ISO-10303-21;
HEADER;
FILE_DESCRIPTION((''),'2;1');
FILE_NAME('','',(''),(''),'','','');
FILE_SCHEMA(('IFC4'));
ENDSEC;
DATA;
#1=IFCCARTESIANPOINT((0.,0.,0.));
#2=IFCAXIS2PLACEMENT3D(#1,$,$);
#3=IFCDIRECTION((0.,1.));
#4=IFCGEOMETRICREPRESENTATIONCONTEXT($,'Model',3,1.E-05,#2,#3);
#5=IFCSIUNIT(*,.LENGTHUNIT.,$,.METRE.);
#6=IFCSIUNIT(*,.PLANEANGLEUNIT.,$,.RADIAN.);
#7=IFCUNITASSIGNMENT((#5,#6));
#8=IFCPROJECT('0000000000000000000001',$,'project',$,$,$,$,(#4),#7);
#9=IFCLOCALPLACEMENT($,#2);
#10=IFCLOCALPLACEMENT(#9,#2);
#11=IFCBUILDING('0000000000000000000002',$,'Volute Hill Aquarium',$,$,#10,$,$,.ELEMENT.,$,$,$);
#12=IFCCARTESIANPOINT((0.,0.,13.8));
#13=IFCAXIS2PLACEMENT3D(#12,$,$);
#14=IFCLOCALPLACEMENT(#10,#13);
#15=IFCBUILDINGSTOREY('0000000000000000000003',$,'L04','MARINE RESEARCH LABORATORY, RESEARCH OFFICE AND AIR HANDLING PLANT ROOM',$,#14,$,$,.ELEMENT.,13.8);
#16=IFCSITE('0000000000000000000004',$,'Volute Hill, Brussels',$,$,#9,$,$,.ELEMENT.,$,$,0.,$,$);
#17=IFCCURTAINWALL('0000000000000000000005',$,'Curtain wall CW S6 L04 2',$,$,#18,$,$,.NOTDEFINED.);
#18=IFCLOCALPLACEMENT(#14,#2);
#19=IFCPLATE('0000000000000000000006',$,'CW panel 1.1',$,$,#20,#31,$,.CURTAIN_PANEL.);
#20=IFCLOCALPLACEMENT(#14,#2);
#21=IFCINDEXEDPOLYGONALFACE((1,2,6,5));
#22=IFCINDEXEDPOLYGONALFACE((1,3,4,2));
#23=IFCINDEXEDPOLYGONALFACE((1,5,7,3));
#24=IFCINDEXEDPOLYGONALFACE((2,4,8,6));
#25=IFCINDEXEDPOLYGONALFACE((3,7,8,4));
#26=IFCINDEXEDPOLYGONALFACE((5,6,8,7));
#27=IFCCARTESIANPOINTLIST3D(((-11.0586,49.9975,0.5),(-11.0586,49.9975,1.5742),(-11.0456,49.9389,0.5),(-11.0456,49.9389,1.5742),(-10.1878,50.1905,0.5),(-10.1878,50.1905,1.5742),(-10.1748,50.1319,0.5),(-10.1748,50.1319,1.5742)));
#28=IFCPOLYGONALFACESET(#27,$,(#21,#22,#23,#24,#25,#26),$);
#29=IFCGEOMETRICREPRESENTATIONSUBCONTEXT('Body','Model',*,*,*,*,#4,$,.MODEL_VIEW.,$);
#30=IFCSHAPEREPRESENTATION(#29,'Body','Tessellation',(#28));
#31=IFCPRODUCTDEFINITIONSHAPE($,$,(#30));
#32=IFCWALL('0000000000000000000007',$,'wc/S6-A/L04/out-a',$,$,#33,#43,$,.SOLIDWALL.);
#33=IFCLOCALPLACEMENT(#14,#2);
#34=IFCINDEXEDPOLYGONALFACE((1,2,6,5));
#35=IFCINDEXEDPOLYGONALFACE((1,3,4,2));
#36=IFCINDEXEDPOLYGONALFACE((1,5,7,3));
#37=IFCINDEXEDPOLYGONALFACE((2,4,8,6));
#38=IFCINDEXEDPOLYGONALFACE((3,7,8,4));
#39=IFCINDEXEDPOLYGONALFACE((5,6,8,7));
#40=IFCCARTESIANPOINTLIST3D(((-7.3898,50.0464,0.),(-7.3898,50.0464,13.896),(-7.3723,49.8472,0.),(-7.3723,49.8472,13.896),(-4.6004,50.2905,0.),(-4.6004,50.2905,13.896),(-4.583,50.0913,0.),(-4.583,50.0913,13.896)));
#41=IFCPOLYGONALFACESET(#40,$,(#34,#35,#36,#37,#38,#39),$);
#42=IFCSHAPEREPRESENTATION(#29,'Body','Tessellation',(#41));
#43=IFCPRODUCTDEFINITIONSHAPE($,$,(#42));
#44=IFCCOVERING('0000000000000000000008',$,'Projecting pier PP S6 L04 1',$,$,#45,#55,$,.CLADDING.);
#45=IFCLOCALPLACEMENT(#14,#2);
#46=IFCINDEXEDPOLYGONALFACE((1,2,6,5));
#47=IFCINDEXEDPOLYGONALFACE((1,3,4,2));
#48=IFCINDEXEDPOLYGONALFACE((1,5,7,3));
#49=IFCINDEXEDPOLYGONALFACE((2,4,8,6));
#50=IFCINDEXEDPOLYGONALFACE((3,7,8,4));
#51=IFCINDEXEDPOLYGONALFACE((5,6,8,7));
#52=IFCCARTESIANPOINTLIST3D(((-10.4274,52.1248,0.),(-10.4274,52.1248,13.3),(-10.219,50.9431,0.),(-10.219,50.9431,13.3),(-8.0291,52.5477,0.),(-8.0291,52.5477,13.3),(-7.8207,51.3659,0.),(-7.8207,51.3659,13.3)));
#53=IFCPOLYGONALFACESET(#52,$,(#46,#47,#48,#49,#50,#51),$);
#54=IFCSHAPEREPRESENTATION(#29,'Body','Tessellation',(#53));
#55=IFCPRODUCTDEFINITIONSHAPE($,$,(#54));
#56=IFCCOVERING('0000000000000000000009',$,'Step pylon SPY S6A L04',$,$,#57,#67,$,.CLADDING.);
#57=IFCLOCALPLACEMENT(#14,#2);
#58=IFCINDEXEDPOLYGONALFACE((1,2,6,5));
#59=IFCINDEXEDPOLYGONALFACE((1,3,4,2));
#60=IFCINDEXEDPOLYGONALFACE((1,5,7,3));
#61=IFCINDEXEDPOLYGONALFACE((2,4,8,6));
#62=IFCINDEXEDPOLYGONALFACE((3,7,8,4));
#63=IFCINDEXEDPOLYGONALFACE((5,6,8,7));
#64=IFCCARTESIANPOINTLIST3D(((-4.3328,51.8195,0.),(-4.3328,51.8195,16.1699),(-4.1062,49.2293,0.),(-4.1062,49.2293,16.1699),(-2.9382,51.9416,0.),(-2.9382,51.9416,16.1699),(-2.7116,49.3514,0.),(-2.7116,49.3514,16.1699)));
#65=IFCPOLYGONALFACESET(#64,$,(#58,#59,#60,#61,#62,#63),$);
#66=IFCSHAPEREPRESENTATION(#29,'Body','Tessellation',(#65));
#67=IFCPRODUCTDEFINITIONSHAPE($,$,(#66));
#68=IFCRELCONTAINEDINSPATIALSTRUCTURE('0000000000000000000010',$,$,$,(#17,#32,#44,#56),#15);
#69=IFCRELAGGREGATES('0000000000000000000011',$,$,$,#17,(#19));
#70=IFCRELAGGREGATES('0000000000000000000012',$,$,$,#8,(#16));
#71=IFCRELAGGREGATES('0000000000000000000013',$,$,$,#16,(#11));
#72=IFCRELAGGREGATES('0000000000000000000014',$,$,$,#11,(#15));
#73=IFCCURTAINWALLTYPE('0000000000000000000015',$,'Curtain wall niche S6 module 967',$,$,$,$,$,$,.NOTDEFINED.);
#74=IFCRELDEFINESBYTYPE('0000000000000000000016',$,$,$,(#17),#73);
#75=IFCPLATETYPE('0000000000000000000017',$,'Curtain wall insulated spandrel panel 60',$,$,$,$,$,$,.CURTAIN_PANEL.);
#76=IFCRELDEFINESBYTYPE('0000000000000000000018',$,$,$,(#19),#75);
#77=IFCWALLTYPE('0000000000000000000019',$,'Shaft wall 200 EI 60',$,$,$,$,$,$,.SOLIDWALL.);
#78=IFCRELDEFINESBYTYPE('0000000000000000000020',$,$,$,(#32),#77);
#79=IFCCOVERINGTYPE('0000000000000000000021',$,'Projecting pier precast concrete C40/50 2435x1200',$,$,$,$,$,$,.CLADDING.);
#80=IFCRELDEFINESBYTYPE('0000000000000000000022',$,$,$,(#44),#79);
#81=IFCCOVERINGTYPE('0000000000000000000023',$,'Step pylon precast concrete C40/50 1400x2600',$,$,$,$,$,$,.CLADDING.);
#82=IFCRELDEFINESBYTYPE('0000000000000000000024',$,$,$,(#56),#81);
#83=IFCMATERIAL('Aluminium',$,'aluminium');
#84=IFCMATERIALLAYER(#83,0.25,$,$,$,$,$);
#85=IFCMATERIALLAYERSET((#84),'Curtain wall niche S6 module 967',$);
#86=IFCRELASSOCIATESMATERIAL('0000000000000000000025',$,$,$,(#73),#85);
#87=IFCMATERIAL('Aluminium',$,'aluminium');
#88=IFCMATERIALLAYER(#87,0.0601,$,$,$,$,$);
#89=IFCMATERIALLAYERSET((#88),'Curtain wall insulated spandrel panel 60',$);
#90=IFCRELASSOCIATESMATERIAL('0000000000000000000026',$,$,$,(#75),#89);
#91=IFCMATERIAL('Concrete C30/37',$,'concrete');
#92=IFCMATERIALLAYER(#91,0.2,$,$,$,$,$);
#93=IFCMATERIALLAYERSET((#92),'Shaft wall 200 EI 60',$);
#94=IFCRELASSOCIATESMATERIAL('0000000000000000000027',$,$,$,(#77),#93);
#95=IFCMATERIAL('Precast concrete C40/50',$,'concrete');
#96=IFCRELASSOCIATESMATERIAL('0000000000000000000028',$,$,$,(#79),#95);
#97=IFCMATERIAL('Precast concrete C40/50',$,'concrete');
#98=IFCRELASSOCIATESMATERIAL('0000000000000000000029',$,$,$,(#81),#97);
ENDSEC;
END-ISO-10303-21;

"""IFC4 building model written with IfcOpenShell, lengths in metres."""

from ifc_helpers import new_model, si_unit, direction, frame, frame_2d, origin, origin_2d, place, context, subcontext, project, spatial, rectangle, extrude, material, layer, layer_set, type_object, element, aggregate, save


model = new_model("IFC4")

# Units and contexts
model_context = context("Model", 3, precision=1e-05, world=origin(), true_north=direction((0.0, 1.0)))
body_context = subcontext(model_context, "Body", "Model", "MODEL_VIEW")
ifc_project = project(units=[si_unit("LENGTHUNIT", "METRE"), si_unit("PLANEANGLEUNIT", "RADIAN")], contexts=[model_context])

# Site, building, storey
site_placement = place(None, origin())
site = spatial("IfcSite", under=ifc_project, at=site_placement, Name="Volute Hill, Brussels", CompositionType="ELEMENT", RefElevation=0.0)
building_placement = place(site_placement, origin())
building = spatial("IfcBuilding", under=site, at=building_placement, Name="Volute Hill Aquarium", CompositionType="ELEMENT")
storey_placement = place(building_placement, frame((0.0, 0.0, 13.8)))
storey = spatial("IfcBuildingStorey", under=building, at=storey_placement, Name="L04", Description="MARINE RESEARCH LABORATORY, RESEARCH OFFICE AND AIR HANDLING PLANT ROOM", CompositionType="ELEMENT", Elevation=13.8)

# Curtain wall
ifc_material_1 = material(Name="Aluminium", Category="aluminium")
ifc_layer_1 = layer(ifc_material_1, 0.25)
ifc_layer_set_1 = layer_set([ifc_layer_1], Name="Curtain wall niche S6 module 967")
curtain_wall_type_1 = type_object("IfcCurtainWallType", Name="Curtain wall niche S6 module 967", PredefinedType="NOTDEFINED", material=ifc_layer_set_1)
curtain_wall_1_placement = place(storey_placement, origin())
curtain_wall_1 = element("IfcCurtainWall", 1, at=curtain_wall_1_placement, inside=storey, type_object=curtain_wall_type_1, Name="Curtain wall CW S6 L04 2", PredefinedType="NOTDEFINED")

# Plate
ifc_material_2 = material(Name="Aluminium", Category="aluminium")
ifc_layer_2 = layer(ifc_material_2, 0.0601)
ifc_layer_set_2 = layer_set([ifc_layer_2], Name="Curtain wall insulated spandrel panel 60")
plate_type_1 = type_object("IfcPlateType", Name="Curtain wall insulated spandrel panel 60", PredefinedType="CURTAIN_PANEL", material=ifc_layer_set_2)
plate_1_placement = place(storey_placement, frame((-10.6167, 50.0647, 0.5), z_axis=(0.0, 0.0, 1.0), x_axis=(-0.976298, -0.216429, 0.0)))
plate_1 = element("IfcPlate", 2, at=plate_1_placement, type_object=plate_type_1, Name="CW panel 1.1", PredefinedType="CURTAIN_PANEL", context=body_context, shape_type="SweptSolid", body=[
    extrude(rectangle(XDim=0.8918, YDim=0.0601, at=origin_2d()), origin(), (0.0, 0.0, 1.0), 1.0742),
])
aggregate(curtain_wall_1, [plate_1])

# Wall
ifc_material_3 = material(Name="Concrete C30/37", Category="concrete")
ifc_layer_3 = layer(ifc_material_3, 0.2)
ifc_layer_set_3 = layer_set([ifc_layer_3], Name="Shaft wall 200 EI 60")
wall_type = type_object("IfcWallType", Name="Shaft wall 200 EI 60", PredefinedType="SOLIDWALL", material=ifc_layer_set_3)
wall_placement = place(storey_placement, frame((-4.5918, 50.1909, 0.0), z_axis=(0.0, 0.0, 1.0), x_axis=(-0.996191, -0.087194, 0.0)))
element("IfcWall", 3, at=wall_placement, inside=storey, type_object=wall_type, Name="wc/S6-A/L04/out-a", PredefinedType="SOLIDWALL", context=body_context, shape_type="SweptSolid", body=[
    extrude(rectangle(XDim=2.8, YDim=0.2, at=frame_2d((1.3999, 0.0))), origin(), (0.0, 0.0, 1.0), 13.896),
])

# Coverings
ifc_material_4 = material(Name="Precast concrete C40/50", Category="concrete")
covering_type_1 = type_object("IfcCoveringType", Name="Projecting pier precast concrete C40/50 2435x1200", PredefinedType="CLADDING", material=ifc_material_4)
covering_1_placement = place(storey_placement, frame((-9.124, 51.7454, 0.0), z_axis=(0.0, 0.0, 1.0), x_axis=(-0.984808, -0.173648, 0.0)))
element("IfcCovering", 4, at=covering_1_placement, inside=storey, type_object=covering_type_1, Name="Projecting pier PP S6 L04 1", PredefinedType="CLADDING", context=body_context, shape_type="SweptSolid", body=[
    extrude(rectangle(XDim=2.4353, YDim=1.2, at=origin_2d()), origin(), (0.0, 0.0, 1.0), 13.3),
])
ifc_material_5 = material(Name="Precast concrete C40/50", Category="concrete")
covering_type_2 = type_object("IfcCoveringType", Name="Step pylon precast concrete C40/50 1400x2600", PredefinedType="CLADDING", material=ifc_material_5)
covering_2_placement = place(storey_placement, frame((-3.5222, 50.5854, 0.0), z_axis=(0.0, 0.0, 1.0), x_axis=(-0.087156, 0.996195, 0.0)))
element("IfcCovering", 5, at=covering_2_placement, inside=storey, type_object=covering_type_2, Name="Step pylon SPY S6A L04", PredefinedType="CLADDING", context=body_context, shape_type="SweptSolid", body=[
    extrude(rectangle(XDim=2.6001, YDim=1.3999, at=origin_2d()), origin(), (0.0, 0.0, 1.0), 16.1699),
])

save(model, "model.ifc")
